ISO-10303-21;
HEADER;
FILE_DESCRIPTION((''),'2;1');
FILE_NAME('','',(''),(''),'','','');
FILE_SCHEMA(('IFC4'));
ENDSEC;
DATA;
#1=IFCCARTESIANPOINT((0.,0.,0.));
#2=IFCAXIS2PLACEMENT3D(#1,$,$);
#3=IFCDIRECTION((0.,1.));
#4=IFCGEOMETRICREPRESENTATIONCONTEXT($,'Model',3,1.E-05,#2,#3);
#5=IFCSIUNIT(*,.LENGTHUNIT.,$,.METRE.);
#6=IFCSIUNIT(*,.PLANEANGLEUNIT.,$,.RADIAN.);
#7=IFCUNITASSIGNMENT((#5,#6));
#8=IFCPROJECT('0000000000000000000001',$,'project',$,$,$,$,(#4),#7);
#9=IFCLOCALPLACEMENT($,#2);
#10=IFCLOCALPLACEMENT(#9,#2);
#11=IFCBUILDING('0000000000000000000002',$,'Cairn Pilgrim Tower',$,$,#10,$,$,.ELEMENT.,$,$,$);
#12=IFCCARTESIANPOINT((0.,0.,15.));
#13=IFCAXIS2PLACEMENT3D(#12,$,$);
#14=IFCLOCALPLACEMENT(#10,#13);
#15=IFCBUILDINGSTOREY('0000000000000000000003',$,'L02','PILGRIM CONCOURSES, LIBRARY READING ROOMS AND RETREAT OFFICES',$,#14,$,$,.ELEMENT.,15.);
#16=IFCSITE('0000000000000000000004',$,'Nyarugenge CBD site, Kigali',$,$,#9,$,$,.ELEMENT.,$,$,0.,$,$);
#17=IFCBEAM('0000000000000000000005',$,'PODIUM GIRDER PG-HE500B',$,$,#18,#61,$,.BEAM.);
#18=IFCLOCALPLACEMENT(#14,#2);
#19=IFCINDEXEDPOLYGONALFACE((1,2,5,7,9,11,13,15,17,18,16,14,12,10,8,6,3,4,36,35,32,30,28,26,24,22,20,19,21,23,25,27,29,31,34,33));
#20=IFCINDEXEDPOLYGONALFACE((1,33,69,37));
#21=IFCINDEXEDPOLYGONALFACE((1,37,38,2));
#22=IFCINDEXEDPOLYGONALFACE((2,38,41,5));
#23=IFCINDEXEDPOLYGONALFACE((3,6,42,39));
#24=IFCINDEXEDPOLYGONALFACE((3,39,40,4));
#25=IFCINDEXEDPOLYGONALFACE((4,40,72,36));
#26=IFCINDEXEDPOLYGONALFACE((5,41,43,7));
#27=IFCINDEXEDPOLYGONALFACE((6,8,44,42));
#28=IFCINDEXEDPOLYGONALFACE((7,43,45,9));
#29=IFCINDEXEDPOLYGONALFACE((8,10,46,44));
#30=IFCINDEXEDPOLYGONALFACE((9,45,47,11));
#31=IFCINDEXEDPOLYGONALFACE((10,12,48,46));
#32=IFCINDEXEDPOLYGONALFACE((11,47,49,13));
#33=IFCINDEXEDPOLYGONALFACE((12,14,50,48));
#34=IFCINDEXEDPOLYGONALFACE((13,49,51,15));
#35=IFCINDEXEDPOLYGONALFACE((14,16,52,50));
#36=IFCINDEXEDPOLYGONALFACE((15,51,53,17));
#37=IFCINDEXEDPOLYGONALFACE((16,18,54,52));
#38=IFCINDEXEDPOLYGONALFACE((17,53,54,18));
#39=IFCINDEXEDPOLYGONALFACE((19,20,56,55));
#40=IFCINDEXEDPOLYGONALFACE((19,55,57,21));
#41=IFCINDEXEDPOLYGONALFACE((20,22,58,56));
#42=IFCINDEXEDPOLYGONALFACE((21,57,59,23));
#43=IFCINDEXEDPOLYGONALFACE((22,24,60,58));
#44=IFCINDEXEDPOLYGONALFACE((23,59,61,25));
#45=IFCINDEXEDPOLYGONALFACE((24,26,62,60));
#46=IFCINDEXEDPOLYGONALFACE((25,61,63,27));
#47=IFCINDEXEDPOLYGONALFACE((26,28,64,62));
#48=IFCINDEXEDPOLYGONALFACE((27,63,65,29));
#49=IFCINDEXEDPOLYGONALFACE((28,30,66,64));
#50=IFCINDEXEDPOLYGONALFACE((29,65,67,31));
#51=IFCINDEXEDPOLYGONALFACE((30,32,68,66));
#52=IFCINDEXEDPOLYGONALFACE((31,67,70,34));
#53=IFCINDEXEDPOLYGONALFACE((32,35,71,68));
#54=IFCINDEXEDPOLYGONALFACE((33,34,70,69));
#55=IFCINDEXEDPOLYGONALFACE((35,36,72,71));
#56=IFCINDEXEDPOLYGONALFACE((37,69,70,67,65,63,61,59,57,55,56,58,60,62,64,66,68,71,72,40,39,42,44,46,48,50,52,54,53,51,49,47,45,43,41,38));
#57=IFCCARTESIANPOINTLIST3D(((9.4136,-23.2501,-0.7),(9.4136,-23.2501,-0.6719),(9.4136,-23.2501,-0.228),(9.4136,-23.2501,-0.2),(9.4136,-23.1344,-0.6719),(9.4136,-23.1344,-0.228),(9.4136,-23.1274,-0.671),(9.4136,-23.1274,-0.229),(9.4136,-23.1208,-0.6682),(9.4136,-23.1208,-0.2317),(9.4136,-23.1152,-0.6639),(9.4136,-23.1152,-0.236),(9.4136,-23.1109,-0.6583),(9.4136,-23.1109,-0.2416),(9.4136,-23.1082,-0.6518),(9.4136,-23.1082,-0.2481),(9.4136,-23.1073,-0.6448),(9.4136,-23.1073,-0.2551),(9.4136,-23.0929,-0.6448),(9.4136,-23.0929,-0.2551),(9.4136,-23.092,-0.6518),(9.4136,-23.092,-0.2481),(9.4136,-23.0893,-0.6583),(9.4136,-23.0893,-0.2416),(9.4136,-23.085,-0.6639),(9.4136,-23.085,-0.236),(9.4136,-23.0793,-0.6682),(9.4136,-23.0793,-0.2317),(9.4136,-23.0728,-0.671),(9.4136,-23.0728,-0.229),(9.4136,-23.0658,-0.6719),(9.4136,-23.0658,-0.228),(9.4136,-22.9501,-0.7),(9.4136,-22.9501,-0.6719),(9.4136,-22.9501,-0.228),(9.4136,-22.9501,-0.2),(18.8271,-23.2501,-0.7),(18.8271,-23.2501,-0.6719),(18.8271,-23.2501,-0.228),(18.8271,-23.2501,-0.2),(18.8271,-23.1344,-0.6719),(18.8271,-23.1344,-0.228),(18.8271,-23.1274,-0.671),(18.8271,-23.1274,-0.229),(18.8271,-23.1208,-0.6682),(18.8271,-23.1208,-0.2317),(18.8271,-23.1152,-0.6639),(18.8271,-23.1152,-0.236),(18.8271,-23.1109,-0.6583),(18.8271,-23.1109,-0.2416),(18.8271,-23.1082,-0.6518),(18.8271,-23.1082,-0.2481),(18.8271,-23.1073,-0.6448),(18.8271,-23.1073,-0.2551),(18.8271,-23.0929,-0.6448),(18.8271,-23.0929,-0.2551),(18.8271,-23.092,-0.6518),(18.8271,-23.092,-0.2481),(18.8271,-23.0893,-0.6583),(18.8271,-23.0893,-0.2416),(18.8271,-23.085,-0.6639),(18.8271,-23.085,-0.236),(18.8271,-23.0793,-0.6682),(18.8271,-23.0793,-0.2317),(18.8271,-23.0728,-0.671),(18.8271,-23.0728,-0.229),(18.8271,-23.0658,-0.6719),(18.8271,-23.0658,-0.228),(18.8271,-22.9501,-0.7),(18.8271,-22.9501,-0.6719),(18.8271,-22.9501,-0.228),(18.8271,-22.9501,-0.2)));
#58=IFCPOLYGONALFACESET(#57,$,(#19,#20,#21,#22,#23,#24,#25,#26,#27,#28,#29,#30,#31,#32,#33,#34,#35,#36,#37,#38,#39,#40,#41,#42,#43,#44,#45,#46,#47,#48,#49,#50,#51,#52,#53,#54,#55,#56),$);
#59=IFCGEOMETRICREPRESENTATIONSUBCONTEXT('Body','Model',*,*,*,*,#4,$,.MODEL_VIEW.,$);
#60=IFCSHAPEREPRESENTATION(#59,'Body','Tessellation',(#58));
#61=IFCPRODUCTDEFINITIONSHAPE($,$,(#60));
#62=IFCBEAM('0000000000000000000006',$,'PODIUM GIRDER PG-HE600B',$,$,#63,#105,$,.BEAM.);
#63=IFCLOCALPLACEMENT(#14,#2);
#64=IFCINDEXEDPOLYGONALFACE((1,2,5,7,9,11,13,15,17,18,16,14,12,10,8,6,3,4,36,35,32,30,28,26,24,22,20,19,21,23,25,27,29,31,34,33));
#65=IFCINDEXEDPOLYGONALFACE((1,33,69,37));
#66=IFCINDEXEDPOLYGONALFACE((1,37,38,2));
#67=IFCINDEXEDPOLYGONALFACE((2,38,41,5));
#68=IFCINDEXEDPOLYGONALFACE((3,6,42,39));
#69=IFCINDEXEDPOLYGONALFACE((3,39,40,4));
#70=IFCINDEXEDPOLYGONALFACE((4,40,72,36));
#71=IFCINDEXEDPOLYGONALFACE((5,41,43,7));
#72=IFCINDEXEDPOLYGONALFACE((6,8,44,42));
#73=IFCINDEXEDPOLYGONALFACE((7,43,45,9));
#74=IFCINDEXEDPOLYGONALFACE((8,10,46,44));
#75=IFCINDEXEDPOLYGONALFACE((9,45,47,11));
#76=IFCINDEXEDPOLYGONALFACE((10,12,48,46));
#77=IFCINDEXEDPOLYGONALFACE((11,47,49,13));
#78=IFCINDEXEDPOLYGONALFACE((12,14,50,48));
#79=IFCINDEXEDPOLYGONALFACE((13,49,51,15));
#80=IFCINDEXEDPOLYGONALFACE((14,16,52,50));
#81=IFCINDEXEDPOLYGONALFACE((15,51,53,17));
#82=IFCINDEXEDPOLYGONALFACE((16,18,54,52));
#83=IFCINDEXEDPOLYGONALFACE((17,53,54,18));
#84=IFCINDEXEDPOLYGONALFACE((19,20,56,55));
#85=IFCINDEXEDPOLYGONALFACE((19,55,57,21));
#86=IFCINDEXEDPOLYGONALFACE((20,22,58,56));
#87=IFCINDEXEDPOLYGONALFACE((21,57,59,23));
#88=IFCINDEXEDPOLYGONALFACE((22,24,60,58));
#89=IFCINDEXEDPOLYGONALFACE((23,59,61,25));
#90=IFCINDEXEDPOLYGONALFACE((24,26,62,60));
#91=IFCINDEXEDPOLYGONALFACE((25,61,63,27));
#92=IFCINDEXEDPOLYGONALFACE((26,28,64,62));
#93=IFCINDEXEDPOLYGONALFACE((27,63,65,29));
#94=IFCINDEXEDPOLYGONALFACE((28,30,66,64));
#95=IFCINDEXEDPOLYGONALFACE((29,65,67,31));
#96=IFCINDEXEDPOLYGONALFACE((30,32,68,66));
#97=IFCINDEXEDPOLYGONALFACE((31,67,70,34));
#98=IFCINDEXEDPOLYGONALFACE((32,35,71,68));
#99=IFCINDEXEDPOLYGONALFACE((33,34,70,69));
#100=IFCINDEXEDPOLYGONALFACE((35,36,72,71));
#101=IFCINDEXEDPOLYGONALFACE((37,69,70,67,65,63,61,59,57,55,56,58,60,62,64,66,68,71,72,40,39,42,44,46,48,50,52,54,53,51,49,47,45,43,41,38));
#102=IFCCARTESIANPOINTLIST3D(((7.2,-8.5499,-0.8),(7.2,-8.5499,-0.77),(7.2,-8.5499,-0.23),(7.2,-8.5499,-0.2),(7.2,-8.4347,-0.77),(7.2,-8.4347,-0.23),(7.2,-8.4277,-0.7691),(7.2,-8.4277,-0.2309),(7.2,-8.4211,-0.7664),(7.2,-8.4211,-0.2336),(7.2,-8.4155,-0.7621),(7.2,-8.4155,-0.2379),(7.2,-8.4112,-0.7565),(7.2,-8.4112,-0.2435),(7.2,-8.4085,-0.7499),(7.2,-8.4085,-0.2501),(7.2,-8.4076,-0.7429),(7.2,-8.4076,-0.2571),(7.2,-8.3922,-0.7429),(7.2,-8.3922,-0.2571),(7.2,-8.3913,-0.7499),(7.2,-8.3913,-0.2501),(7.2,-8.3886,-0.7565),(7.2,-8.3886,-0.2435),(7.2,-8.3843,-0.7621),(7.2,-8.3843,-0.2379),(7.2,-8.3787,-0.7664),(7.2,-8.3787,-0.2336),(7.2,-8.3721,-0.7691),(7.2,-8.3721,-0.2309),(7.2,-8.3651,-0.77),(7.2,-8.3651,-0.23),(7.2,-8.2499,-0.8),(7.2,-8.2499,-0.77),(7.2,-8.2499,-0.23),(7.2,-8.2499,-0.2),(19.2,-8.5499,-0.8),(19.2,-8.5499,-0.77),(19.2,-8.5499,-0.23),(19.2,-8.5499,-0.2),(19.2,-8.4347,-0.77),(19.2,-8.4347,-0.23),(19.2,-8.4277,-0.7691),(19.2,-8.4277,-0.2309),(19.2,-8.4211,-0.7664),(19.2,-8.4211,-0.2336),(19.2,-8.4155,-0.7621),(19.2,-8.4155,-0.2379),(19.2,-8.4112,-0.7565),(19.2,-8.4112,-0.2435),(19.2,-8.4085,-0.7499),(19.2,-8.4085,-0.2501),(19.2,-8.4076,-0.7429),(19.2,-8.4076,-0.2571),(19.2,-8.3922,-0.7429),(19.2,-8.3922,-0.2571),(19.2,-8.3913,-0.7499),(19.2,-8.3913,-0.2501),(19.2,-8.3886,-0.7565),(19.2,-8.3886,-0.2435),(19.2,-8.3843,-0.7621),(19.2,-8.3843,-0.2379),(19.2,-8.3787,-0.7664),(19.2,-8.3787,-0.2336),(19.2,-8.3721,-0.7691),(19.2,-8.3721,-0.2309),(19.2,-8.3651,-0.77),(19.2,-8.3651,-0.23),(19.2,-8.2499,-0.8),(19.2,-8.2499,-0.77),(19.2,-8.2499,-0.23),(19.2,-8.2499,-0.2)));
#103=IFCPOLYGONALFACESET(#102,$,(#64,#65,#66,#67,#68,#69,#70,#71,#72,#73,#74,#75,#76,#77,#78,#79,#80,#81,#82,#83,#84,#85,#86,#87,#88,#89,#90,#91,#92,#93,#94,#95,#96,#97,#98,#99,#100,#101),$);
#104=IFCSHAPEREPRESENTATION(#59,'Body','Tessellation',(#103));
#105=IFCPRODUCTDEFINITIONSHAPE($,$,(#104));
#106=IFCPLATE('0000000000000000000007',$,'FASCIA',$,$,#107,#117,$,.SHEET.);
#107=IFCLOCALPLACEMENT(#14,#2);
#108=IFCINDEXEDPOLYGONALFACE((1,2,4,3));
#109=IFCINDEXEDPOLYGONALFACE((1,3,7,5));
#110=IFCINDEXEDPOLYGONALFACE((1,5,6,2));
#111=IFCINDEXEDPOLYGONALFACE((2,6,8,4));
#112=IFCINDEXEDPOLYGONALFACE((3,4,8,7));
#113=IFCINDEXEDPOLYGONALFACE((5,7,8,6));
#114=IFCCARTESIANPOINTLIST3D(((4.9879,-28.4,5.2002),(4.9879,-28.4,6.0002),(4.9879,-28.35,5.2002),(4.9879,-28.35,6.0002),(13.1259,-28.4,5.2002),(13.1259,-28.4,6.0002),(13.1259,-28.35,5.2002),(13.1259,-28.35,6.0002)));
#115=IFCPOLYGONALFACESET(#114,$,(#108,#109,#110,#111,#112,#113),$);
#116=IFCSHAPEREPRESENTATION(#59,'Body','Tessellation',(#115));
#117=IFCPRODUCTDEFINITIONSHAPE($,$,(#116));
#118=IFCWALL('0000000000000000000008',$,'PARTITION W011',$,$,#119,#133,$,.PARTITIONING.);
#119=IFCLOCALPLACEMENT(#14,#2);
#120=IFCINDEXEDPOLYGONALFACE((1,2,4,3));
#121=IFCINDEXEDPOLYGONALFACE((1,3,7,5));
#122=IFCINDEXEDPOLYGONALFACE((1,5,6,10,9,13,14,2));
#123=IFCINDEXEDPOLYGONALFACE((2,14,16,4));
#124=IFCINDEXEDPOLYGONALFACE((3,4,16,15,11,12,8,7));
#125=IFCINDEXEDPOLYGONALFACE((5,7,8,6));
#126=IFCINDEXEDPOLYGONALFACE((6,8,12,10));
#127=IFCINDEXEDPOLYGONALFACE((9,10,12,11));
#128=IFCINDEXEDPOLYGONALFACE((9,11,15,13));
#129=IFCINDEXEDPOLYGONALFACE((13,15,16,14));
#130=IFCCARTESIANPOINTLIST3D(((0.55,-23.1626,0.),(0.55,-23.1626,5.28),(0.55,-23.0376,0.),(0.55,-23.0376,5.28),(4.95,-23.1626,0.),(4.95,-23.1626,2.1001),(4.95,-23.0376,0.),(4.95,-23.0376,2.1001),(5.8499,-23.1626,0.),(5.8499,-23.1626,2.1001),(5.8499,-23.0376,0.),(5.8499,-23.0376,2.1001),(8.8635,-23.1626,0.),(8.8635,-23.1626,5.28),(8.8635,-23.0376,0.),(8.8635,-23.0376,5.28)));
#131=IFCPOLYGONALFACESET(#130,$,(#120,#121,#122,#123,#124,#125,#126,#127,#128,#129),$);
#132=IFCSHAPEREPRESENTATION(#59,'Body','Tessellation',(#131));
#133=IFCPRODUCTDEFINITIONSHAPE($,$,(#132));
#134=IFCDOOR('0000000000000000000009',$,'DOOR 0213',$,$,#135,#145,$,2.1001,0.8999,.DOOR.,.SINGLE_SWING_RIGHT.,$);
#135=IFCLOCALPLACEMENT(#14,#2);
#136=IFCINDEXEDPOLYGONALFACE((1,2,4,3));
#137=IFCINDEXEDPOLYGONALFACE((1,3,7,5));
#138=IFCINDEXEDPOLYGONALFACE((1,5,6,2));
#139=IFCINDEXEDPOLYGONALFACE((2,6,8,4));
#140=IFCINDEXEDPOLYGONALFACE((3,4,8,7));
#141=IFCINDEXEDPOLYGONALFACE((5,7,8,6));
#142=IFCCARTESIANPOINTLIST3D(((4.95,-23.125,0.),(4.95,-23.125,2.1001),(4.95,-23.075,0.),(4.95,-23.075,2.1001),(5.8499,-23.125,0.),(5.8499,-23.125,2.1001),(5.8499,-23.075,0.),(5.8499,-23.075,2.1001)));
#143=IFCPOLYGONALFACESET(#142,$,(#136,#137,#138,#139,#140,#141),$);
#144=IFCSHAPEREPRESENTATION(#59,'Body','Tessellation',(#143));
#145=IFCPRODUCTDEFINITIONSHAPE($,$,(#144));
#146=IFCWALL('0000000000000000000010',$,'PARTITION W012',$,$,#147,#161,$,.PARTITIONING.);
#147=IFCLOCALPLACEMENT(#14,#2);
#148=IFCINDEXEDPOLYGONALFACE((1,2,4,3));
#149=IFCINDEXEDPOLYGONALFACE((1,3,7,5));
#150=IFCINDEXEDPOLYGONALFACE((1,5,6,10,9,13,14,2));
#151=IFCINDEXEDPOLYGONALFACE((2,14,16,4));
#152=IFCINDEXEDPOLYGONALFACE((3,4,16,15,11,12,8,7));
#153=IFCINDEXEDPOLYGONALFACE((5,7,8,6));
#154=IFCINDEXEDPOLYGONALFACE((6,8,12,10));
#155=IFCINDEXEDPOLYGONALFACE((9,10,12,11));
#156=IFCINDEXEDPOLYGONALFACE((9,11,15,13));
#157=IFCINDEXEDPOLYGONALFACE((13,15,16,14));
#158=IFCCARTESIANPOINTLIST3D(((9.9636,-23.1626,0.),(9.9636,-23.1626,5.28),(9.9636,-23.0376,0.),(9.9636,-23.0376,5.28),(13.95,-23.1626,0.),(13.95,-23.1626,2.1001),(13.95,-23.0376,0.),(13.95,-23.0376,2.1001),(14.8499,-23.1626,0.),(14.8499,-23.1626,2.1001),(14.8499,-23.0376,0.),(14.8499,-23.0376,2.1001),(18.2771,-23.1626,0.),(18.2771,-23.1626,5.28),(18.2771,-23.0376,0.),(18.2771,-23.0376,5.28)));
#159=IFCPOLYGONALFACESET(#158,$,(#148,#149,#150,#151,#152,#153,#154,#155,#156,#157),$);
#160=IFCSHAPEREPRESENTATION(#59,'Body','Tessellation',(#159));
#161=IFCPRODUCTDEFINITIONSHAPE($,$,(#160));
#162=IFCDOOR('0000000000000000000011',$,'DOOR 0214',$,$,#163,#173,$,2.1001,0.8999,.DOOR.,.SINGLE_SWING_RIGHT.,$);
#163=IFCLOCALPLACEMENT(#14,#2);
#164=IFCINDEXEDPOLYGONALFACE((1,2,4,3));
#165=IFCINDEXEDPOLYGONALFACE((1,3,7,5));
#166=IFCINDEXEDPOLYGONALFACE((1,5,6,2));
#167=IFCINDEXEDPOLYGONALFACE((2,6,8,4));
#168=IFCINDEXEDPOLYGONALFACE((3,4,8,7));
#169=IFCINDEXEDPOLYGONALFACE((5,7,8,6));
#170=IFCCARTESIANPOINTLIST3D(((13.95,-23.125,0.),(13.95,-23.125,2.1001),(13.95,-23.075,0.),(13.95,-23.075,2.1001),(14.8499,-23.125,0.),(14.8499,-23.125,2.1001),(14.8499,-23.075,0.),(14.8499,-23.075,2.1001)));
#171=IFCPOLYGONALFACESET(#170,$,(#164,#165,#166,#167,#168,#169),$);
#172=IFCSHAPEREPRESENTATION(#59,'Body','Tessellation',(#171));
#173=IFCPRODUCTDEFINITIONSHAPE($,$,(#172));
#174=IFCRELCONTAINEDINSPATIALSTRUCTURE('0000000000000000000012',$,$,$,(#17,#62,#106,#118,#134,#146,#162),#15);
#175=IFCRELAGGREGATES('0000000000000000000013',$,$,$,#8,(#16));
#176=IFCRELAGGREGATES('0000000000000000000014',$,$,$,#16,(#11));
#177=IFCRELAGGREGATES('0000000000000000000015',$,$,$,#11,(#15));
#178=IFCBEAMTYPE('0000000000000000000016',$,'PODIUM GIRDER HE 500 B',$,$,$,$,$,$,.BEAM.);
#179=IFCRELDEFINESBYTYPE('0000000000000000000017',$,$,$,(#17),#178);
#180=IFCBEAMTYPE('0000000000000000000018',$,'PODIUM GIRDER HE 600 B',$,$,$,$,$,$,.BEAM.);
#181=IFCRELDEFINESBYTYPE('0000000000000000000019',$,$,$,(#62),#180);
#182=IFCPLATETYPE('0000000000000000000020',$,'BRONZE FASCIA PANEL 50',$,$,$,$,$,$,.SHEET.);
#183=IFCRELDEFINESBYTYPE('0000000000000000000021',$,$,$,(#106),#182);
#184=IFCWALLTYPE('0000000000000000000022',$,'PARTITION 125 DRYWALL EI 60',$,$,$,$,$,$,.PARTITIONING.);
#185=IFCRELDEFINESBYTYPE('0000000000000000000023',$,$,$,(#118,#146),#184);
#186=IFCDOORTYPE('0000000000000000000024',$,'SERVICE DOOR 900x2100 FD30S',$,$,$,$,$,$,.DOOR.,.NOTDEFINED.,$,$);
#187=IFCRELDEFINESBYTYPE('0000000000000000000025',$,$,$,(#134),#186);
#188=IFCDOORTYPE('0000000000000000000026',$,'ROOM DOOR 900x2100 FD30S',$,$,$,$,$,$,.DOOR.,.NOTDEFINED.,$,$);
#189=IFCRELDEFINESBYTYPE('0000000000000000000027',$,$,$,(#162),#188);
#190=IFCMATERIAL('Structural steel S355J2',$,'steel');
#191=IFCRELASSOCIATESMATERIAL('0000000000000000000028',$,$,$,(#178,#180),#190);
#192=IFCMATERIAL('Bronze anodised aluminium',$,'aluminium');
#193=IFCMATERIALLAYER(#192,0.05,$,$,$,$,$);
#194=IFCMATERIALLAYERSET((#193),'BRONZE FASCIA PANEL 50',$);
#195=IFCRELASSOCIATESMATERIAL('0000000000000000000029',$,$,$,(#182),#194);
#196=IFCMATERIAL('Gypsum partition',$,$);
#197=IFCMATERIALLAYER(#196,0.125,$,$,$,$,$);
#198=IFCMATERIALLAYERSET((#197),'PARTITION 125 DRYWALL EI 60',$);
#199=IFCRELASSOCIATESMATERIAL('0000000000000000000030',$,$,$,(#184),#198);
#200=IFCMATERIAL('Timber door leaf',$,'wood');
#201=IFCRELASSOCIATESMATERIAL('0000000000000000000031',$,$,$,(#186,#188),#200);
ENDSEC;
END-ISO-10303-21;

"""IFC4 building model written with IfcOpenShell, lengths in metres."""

from ifc_helpers import new_model, si_unit, direction, frame, frame_2d, origin, origin_2d, place, context, subcontext, project, spatial, rectangle, i_section, extrude, material, layer, layer_set, material_profile, profile_set, type_object, element, fill, save


model = new_model("IFC4")

# Units and contexts
model_context = context("Model", 3, precision=1e-05, world=origin(), true_north=direction((0.0, 1.0)))
body_context = subcontext(model_context, "Body", "Model", "MODEL_VIEW")
ifc_project = project(units=[si_unit("LENGTHUNIT", "METRE"), si_unit("PLANEANGLEUNIT", "RADIAN")], contexts=[model_context])

# Site, building, storey
site_placement = place(None, origin())
site = spatial("IfcSite", under=ifc_project, at=site_placement, Name="Nyarugenge CBD site, Kigali", CompositionType="ELEMENT", RefElevation=0.0)
building_placement = place(site_placement, origin())
building = spatial("IfcBuilding", under=site, at=building_placement, Name="Cairn Pilgrim Tower", CompositionType="ELEMENT")
storey_placement = place(building_placement, frame((0.0, 0.0, 15.0)))
storey = spatial("IfcBuildingStorey", under=building, at=storey_placement, Name="L02", Description="PILGRIM CONCOURSES, LIBRARY READING ROOMS AND RETREAT OFFICES", CompositionType="ELEMENT", Elevation=15.0)

# Beams
ifc_material_1 = material(Name="Structural steel S355J2", Category="steel")
ifc_material_profile_1 = material_profile(ifc_material_1, i_section(OverallWidth=0.3, OverallDepth=0.5, WebThickness=0.0144, FlangeThickness=0.0281, FilletRadius=0.0271, at=origin_2d()), Name="HEB 500")
ifc_profile_set_1 = profile_set([ifc_material_profile_1], Name="Structural steel S355J2")
beam_type_1 = type_object("IfcBeamType", Name="PODIUM GIRDER HE 500 B", PredefinedType="BEAM", material=ifc_profile_set_1)
beam_1_placement = place(storey_placement, frame((9.4136, -23.1001, -0.45), z_axis=(1.0, 0.0, 0.0), x_axis=(0.0, 1.0, 0.0)))
element("IfcBeam", 1, at=beam_1_placement, inside=storey, type_object=beam_type_1, Name="PODIUM GIRDER PG-HE500B", PredefinedType="BEAM", context=body_context, shape_type="SweptSolid", body=[
    extrude(i_section(OverallWidth=0.3, OverallDepth=0.5, WebThickness=0.0144, FlangeThickness=0.0281, FilletRadius=0.0271, at=origin_2d()), origin(), (0.0, 0.0, 1.0), 9.4136),
])
ifc_material_profile_2 = material_profile(ifc_material_1, i_section(OverallWidth=0.3, OverallDepth=0.6001, WebThickness=0.0154, FlangeThickness=0.03, FilletRadius=0.0271, at=origin_2d()), Name="HEB 600")
ifc_profile_set_2 = profile_set([ifc_material_profile_2], Name="Structural steel S355J2")
beam_type_2 = type_object("IfcBeamType", Name="PODIUM GIRDER HE 600 B", PredefinedType="BEAM", material=ifc_profile_set_2)
beam_2_placement = place(storey_placement, frame((7.2, -8.3999, -0.5), z_axis=(1.0, 0.0, 0.0), x_axis=(0.0, 1.0, 0.0)))
element("IfcBeam", 2, at=beam_2_placement, inside=storey, type_object=beam_type_2, Name="PODIUM GIRDER PG-HE600B", PredefinedType="BEAM", context=body_context, shape_type="SweptSolid", body=[
    extrude(i_section(OverallWidth=0.3, OverallDepth=0.6001, WebThickness=0.0154, FlangeThickness=0.03, FilletRadius=0.0271, at=origin_2d()), origin(), (0.0, 0.0, 1.0), 12.0),
])

# Plate
ifc_material_2 = material(Name="Bronze anodised aluminium", Category="aluminium")
ifc_layer_1 = layer(ifc_material_2, 0.05)
ifc_layer_set_1 = layer_set([ifc_layer_1], Name="BRONZE FASCIA PANEL 50")
plate_type = type_object("IfcPlateType", Name="BRONZE FASCIA PANEL 50", PredefinedType="SHEET", material=ifc_layer_set_1)
plate_placement = place(storey_placement, frame((9.0569, -28.375, 5.2002), z_axis=(0.0, 0.0, 1.0), x_axis=(1.0, 0.0, 0.0)))
element("IfcPlate", 3, at=plate_placement, inside=storey, type_object=plate_type, Name="FASCIA", PredefinedType="SHEET", context=body_context, shape_type="SweptSolid", body=[
    extrude(rectangle(XDim=8.1379, YDim=0.05, at=origin_2d()), origin(), (0.0, 0.0, 1.0), 0.8),
])

# Walls, openings, doors
ifc_material_3 = material(Name="Gypsum partition")
ifc_layer_2 = layer(ifc_material_3, 0.125)
ifc_layer_set_2 = layer_set([ifc_layer_2], Name="PARTITION 125 DRYWALL EI 60")
wall_type_1 = type_object("IfcWallType", Name="PARTITION 125 DRYWALL EI 60", PredefinedType="PARTITIONING", material=ifc_layer_set_2)
wall_1_placement = place(storey_placement, frame((0.55, -23.1001, 0.0), z_axis=(0.0, 0.0, 1.0), x_axis=(1.0, 0.0, 0.0)))
wall_1 = element("IfcWall", 4, at=wall_1_placement, inside=storey, type_object=wall_type_1, Name="PARTITION W011", PredefinedType="PARTITIONING", context=body_context, shape_type="SweptSolid", body=[
    extrude(rectangle(XDim=8.3135, YDim=0.125, at=frame_2d((4.1567, 0.0))), origin(), (0.0, 0.0, 1.0), 5.28),
])
opening_1_placement = place(wall_1_placement, frame((4.3999, 0.0, 0.0)))
opening_1 = element("IfcOpeningElement", 5, at=opening_1_placement, cuts=wall_1, PredefinedType="OPENING", context=body_context, shape_type="SweptSolid", body=[
    extrude(rectangle(XDim=0.8999, YDim=2.1001, at=frame_2d((0.45, 1.05))), frame((0.0, 0.0725, 0.0), z_axis=(0.0, -1.0, 0.0), x_axis=(1.0, 0.0, 0.0)), (0.0, 0.0, 1.0), 0.145),
])
ifc_material_4 = material(Name="Timber door leaf", Category="wood")
door_type_1 = type_object("IfcDoorType", Name="SERVICE DOOR 900x2100 FD30S", OperationType="NOTDEFINED", PredefinedType="DOOR", material=ifc_material_4)
door_1_placement = place(opening_1_placement, frame((0.8999, 0.0, 0.0), z_axis=(0.0, 0.0, 1.0), x_axis=(-1.0, 0.0, 0.0)))
door_1 = element("IfcDoor", 6, at=door_1_placement, inside=storey, type_object=door_type_1, Name="DOOR 0213", OperationType="SINGLE_SWING_RIGHT", OverallHeight=2.1001, OverallWidth=0.8999, PredefinedType="DOOR", context=body_context, shape_type="SweptSolid", body=[
    extrude(rectangle(XDim=0.8999, YDim=2.1001, at=frame_2d((0.45, 1.05))), frame((0.0, 0.0249, 0.0), z_axis=(0.0, -1.0, 0.0), x_axis=(1.0, 0.0, 0.0)), (0.0, 0.0, 1.0), 0.05),
])
fill(opening_1, door_1)
wall_2_placement = place(storey_placement, frame((9.9636, -23.1001, 0.0), z_axis=(0.0, 0.0, 1.0), x_axis=(1.0, 0.0, 0.0)))
wall_2 = element("IfcWall", 7, at=wall_2_placement, inside=storey, type_object=wall_type_1, Name="PARTITION W012", PredefinedType="PARTITIONING", context=body_context, shape_type="SweptSolid", body=[
    extrude(rectangle(XDim=8.3135, YDim=0.125, at=frame_2d((4.1567, 0.0))), origin(), (0.0, 0.0, 1.0), 5.28),
])
opening_2_placement = place(wall_2_placement, frame((3.9863, 0.0, 0.0)))
opening_2 = element("IfcOpeningElement", 8, at=opening_2_placement, cuts=wall_2, PredefinedType="OPENING", context=body_context, shape_type="SweptSolid", body=[
    extrude(rectangle(XDim=0.8999, YDim=2.1001, at=frame_2d((0.45, 1.05))), frame((0.0, 0.0725, 0.0), z_axis=(0.0, -1.0, 0.0), x_axis=(1.0, 0.0, 0.0)), (0.0, 0.0, 1.0), 0.145),
])
door_type_2 = type_object("IfcDoorType", Name="ROOM DOOR 900x2100 FD30S", OperationType="NOTDEFINED", PredefinedType="DOOR", material=ifc_material_4)
door_2_placement = place(opening_2_placement, frame((0.8999, 0.0, 0.0), z_axis=(0.0, 0.0, 1.0), x_axis=(-1.0, 0.0, 0.0)))
door_2 = element("IfcDoor", 9, at=door_2_placement, inside=storey, type_object=door_type_2, Name="DOOR 0214", OperationType="SINGLE_SWING_RIGHT", OverallHeight=2.1001, OverallWidth=0.8999, PredefinedType="DOOR", context=body_context, shape_type="SweptSolid", body=[
    extrude(rectangle(XDim=0.8999, YDim=2.1001, at=frame_2d((0.45, 1.05))), frame((0.0, 0.0249, 0.0), z_axis=(0.0, -1.0, 0.0), x_axis=(1.0, 0.0, 0.0)), (0.0, 0.0, 1.0), 0.05),
])
fill(opening_2, door_2)

save(model, "model.ifc")
